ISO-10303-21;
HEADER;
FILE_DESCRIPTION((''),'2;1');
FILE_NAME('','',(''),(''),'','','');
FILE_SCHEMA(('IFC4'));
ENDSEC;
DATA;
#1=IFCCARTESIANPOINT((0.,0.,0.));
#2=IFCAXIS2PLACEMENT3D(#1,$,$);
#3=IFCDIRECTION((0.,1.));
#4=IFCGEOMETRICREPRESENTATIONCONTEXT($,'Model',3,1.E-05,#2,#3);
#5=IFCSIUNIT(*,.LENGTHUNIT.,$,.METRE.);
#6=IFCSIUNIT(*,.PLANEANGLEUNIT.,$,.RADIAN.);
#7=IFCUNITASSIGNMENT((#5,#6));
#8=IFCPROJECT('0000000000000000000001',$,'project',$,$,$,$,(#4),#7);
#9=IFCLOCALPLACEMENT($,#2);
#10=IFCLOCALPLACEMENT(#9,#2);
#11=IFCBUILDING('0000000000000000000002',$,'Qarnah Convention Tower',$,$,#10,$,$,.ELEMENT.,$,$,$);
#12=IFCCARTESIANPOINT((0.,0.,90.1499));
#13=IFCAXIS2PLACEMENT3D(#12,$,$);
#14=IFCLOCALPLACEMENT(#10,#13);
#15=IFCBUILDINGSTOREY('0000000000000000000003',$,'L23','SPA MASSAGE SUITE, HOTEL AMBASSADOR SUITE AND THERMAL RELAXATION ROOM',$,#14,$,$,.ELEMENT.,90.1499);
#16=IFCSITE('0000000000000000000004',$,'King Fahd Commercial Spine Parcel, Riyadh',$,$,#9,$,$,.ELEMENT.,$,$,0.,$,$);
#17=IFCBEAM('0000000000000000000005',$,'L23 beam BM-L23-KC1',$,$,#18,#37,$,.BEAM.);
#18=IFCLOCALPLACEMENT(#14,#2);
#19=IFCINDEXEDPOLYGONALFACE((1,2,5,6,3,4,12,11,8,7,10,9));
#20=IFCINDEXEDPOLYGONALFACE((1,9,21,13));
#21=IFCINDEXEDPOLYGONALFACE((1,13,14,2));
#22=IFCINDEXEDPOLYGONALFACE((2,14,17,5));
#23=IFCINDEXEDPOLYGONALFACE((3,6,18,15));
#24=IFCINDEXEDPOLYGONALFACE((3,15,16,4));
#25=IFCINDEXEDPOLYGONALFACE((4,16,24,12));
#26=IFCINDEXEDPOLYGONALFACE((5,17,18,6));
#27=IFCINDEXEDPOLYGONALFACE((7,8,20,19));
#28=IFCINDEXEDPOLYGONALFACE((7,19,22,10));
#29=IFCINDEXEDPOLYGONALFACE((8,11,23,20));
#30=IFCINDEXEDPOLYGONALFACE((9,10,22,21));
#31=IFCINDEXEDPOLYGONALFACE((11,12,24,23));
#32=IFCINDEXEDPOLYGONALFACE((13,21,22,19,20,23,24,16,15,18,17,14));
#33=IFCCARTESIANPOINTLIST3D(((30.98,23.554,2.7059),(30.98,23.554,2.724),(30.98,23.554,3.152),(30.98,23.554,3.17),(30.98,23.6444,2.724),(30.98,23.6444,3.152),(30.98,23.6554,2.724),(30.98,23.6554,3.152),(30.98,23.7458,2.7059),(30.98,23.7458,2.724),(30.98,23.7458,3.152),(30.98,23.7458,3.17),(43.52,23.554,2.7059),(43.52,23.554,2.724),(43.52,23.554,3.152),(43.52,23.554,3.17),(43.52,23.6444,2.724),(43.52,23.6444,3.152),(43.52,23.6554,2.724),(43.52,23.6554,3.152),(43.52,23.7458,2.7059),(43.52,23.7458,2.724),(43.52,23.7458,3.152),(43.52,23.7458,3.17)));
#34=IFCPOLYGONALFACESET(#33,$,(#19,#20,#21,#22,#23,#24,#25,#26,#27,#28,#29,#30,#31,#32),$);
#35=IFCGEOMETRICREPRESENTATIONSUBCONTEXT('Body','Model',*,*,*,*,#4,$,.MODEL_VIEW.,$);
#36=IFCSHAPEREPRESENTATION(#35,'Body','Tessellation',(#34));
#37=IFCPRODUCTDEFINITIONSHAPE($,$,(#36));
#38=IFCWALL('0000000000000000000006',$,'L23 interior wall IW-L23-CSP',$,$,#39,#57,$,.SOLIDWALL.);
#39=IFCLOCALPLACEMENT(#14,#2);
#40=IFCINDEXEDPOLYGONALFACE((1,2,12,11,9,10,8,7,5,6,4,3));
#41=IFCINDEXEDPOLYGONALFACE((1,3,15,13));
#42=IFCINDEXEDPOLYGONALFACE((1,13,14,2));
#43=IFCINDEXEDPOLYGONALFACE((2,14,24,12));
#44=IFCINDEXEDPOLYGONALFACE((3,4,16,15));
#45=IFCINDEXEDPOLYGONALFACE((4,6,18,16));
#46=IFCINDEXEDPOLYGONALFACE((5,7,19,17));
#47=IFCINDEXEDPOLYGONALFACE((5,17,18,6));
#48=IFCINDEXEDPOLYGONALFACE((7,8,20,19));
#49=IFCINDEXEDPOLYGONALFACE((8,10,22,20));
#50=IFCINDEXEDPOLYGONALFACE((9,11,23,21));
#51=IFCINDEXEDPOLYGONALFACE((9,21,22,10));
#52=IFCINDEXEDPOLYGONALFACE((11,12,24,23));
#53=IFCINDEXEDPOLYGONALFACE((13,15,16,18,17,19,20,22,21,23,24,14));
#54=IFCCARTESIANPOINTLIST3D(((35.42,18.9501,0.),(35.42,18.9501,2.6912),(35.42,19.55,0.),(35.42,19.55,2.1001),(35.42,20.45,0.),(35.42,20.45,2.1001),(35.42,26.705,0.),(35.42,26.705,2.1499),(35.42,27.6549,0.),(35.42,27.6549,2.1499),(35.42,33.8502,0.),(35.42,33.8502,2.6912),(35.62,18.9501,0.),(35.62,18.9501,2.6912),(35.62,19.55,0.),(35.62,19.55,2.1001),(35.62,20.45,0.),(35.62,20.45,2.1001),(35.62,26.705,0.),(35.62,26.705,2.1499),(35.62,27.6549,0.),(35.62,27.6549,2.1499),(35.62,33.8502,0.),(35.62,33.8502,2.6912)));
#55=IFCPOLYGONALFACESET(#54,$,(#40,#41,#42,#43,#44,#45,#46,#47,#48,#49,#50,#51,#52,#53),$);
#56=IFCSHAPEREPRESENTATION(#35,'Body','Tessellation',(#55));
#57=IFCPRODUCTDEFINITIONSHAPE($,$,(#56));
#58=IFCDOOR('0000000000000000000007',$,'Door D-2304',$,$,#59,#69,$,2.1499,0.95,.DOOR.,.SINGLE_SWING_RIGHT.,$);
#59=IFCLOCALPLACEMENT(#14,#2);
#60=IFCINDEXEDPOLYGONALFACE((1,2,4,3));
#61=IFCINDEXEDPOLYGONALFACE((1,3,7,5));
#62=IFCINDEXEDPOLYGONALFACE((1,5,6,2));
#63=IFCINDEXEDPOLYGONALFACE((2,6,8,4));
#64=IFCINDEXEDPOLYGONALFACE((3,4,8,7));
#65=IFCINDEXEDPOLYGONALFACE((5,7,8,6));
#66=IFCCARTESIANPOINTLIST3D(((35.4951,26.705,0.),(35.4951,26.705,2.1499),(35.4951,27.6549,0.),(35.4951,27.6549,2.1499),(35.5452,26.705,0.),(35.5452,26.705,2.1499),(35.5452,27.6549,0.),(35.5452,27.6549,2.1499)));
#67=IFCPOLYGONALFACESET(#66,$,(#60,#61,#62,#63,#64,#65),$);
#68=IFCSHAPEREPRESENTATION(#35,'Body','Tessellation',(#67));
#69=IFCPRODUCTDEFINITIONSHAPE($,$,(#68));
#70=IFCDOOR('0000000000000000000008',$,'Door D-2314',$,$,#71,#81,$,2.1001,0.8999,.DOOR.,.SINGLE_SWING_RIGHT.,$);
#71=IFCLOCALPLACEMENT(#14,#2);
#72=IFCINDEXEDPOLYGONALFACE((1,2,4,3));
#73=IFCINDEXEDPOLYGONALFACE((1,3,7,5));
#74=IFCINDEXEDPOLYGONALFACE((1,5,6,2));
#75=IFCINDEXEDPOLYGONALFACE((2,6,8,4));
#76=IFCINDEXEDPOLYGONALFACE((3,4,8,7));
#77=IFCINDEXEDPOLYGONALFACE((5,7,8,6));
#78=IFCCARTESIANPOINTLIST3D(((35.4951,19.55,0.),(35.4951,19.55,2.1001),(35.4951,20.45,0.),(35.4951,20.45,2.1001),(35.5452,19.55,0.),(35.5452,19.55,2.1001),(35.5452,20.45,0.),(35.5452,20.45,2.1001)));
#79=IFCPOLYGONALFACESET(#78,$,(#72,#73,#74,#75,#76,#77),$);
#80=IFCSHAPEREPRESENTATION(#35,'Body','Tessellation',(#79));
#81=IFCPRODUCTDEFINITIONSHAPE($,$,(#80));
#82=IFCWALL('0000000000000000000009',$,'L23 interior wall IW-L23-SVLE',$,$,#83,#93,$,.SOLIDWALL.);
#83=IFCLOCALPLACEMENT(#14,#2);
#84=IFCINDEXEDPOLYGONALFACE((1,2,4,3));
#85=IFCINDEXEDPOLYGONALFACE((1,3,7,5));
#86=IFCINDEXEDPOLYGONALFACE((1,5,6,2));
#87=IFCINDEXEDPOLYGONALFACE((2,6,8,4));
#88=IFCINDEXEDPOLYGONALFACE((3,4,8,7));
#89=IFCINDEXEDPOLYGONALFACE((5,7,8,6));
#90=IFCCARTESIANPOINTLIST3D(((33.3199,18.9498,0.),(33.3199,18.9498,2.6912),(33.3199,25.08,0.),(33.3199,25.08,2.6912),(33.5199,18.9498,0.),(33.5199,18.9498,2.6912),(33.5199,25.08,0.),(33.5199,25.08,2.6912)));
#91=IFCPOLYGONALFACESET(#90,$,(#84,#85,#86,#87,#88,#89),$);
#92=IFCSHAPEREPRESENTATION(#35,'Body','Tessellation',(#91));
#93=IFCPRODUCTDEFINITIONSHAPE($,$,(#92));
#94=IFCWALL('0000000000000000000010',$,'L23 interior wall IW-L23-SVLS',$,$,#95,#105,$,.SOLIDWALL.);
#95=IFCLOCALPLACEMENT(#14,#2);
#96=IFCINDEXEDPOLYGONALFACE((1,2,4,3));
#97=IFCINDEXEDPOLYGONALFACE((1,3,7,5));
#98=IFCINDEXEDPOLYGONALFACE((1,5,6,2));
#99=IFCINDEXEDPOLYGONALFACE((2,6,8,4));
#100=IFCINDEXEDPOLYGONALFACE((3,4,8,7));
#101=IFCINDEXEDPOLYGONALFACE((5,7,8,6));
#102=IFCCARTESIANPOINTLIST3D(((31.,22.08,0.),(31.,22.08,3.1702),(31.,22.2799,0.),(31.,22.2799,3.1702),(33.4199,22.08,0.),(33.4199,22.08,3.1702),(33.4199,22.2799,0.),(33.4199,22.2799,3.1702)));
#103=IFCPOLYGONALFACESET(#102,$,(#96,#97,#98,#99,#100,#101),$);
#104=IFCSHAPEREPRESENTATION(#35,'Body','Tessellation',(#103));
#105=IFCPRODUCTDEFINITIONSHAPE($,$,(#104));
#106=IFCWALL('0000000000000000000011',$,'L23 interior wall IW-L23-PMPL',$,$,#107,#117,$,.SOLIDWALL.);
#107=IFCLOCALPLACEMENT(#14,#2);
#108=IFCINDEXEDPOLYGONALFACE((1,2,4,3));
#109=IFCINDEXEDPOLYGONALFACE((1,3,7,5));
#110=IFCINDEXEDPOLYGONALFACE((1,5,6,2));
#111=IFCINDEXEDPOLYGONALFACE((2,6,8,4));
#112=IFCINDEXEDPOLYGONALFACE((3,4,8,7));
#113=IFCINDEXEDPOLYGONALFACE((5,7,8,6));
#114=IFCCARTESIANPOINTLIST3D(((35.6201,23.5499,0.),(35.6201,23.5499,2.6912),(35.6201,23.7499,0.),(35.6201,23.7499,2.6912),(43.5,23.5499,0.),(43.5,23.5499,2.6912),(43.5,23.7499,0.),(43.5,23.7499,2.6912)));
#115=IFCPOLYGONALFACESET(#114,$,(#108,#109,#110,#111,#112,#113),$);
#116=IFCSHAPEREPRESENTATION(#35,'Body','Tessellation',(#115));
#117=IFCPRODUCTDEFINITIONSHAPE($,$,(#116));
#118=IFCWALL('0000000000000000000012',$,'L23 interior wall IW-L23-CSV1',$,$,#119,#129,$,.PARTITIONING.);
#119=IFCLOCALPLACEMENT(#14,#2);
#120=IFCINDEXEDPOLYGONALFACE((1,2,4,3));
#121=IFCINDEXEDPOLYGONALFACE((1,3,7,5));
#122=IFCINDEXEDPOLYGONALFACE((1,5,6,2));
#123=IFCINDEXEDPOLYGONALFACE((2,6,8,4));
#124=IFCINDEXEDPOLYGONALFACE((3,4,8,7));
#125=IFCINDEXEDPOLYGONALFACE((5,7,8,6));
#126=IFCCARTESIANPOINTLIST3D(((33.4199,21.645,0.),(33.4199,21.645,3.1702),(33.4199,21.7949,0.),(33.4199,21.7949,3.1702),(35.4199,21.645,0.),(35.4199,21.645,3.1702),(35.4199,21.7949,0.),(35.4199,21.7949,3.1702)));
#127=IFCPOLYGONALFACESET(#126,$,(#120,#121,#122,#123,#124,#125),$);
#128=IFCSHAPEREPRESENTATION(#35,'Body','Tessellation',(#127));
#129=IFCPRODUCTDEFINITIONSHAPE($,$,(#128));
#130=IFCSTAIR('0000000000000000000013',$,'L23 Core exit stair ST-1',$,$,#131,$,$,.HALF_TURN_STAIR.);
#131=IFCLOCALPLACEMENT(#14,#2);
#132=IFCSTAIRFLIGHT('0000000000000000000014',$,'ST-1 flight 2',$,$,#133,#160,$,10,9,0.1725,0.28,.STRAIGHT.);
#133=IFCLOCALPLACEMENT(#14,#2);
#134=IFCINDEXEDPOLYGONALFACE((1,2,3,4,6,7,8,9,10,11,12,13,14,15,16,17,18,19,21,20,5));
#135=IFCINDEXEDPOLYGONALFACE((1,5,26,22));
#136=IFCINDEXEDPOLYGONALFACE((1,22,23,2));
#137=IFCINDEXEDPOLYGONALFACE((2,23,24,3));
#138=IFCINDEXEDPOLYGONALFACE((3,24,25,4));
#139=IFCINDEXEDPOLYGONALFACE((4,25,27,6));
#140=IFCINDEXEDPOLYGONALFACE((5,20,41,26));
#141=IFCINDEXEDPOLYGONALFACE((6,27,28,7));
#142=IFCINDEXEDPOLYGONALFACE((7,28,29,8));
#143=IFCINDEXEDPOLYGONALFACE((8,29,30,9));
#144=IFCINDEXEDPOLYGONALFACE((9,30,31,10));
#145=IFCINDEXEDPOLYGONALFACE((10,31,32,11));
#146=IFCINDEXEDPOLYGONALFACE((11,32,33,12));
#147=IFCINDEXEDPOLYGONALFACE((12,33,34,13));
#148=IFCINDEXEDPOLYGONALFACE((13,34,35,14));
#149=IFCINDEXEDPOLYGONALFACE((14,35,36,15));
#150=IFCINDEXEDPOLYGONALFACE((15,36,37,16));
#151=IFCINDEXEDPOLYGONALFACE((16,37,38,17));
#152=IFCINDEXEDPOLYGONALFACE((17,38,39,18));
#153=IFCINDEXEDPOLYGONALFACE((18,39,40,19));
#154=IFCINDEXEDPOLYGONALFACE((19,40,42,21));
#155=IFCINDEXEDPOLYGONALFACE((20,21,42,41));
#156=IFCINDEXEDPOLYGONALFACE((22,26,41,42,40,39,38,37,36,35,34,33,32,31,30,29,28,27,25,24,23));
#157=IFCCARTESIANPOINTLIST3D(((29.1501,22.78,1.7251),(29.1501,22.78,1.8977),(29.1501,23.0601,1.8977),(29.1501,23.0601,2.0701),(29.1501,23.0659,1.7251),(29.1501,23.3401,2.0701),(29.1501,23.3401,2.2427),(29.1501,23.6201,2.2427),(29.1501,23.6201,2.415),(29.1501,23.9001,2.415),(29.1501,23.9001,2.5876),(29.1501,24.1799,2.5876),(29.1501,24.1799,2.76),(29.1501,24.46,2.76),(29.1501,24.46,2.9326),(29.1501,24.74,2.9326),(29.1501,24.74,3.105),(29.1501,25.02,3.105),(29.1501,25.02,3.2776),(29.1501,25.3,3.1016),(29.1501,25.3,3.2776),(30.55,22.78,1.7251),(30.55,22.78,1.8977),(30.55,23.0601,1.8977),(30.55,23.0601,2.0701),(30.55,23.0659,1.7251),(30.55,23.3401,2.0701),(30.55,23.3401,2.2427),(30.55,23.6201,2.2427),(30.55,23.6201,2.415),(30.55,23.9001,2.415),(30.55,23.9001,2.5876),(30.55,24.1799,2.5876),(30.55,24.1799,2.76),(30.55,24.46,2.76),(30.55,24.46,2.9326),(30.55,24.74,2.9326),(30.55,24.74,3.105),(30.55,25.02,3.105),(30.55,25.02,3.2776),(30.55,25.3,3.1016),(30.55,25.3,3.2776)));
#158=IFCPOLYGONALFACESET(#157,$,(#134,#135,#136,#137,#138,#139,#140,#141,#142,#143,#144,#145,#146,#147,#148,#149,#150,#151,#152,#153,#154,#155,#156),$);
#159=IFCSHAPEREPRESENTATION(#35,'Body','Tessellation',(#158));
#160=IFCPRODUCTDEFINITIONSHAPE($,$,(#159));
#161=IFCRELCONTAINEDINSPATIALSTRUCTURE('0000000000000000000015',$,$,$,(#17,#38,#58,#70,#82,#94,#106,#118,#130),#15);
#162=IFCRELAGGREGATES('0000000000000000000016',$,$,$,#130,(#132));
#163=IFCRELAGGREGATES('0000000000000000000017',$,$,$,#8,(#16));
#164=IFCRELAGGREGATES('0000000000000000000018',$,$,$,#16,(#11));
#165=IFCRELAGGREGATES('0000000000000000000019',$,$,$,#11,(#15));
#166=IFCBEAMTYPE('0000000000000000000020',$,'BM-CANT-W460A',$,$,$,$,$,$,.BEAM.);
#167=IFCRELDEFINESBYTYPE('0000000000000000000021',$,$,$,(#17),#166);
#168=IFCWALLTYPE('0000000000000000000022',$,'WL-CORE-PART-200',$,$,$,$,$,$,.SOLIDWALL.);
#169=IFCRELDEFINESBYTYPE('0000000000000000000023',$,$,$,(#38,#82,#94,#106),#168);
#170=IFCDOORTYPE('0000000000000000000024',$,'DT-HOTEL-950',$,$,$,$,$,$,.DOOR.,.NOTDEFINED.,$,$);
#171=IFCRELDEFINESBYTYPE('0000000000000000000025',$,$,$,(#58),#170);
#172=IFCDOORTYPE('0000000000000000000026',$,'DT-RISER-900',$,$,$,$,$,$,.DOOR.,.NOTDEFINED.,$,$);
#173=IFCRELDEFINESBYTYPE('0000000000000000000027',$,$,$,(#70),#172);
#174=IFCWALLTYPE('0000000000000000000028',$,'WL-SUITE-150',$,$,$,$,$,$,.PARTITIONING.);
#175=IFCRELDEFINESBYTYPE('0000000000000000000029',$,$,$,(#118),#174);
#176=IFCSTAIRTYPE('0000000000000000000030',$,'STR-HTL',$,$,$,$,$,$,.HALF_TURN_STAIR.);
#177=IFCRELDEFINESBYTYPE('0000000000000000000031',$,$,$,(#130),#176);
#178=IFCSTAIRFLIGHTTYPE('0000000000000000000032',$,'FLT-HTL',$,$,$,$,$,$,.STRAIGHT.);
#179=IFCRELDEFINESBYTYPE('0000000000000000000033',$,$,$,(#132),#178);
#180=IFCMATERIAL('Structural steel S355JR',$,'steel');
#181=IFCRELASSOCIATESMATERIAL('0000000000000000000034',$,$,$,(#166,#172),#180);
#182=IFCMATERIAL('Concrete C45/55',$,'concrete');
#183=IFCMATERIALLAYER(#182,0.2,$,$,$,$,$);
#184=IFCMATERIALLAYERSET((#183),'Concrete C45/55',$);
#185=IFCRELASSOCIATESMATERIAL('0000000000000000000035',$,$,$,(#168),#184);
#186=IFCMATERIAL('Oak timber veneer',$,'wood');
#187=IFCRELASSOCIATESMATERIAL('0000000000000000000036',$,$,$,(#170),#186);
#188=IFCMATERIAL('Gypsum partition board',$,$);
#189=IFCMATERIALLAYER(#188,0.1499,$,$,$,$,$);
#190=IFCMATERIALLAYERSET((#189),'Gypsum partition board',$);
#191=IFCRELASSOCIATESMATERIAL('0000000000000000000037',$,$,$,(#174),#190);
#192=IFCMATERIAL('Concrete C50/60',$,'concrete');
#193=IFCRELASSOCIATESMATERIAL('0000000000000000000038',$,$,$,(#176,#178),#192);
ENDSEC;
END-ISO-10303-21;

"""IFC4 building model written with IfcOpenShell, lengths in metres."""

from ifc_helpers import new_model, si_unit, direction, frame, frame_2d, origin, origin_2d, place, context, subcontext, project, spatial, polyline, rectangle, i_section, outline, extrude, material, layer, layer_set, material_profile, profile_set, type_object, element, fill, aggregate, save


model = new_model("IFC4")

# Units and contexts
model_context = context("Model", 3, precision=1e-05, world=origin(), true_north=direction((0.0, 1.0)))
body_context = subcontext(model_context, "Body", "Model", "MODEL_VIEW")
ifc_project = project(units=[si_unit("LENGTHUNIT", "METRE"), si_unit("PLANEANGLEUNIT", "RADIAN")], contexts=[model_context])

# Site, building, storey
site_placement = place(None, origin())
site = spatial("IfcSite", under=ifc_project, at=site_placement, Name="King Fahd Commercial Spine Parcel, Riyadh", CompositionType="ELEMENT", RefElevation=0.0)
building_placement = place(site_placement, origin())
building = spatial("IfcBuilding", under=site, at=building_placement, Name="Qarnah Convention Tower", CompositionType="ELEMENT")
storey_placement = place(building_placement, frame((0.0, 0.0, 90.1499)))
storey = spatial("IfcBuildingStorey", under=building, at=storey_placement, Name="L23", Description="SPA MASSAGE SUITE, HOTEL AMBASSADOR SUITE AND THERMAL RELAXATION ROOM", CompositionType="ELEMENT", Elevation=90.1499)

# Beam
ifc_material_1 = material(Name="Structural steel S355JR", Category="steel")
ifc_material_profile = material_profile(ifc_material_1, i_section(OverallWidth=0.1919, OverallDepth=0.4641, WebThickness=0.011, FlangeThickness=0.0181, at=origin_2d()), Name="W460X89")
ifc_profile_set = profile_set([ifc_material_profile], Name="Structural steel S355JR")
beam_type = type_object("IfcBeamType", Name="BM-CANT-W460A", PredefinedType="BEAM", material=ifc_profile_set)
beam_placement = place(storey_placement, frame((30.98, 23.6499, 2.938), z_axis=(1.0, 0.0, 0.0), x_axis=(0.0, 1.0, 0.0)))
element("IfcBeam", 1, at=beam_placement, inside=storey, type_object=beam_type, Name="L23 beam BM-L23-KC1", PredefinedType="BEAM", context=body_context, shape_type="SweptSolid", body=[
    extrude(i_section(OverallWidth=0.1919, OverallDepth=0.4641, WebThickness=0.011, FlangeThickness=0.0181, at=origin_2d()), origin(), (0.0, 0.0, 1.0), 12.54),
])

# Wall, openings, doors
door_type_1 = type_object("IfcDoorType", Name="DT-RISER-900", OperationType="NOTDEFINED", PredefinedType="DOOR", material=ifc_material_1)
ifc_material_2 = material(Name="Concrete C45/55", Category="concrete")
ifc_layer_1 = layer(ifc_material_2, 0.2)
ifc_layer_set_1 = layer_set([ifc_layer_1], Name="Concrete C45/55")
wall_type_1 = type_object("IfcWallType", Name="WL-CORE-PART-200", PredefinedType="SOLIDWALL", material=ifc_layer_set_1)
wall_1_placement = place(storey_placement, frame((35.52, 18.95, 0.0), z_axis=(0.0, 0.0, 1.0), x_axis=(0.0, 1.0, 0.0)))
wall_1 = element("IfcWall", 2, at=wall_1_placement, inside=storey, type_object=wall_type_1, Name="L23 interior wall IW-L23-CSP", PredefinedType="SOLIDWALL", context=body_context, shape_type="SweptSolid", body=[
    extrude(rectangle(XDim=14.9001, YDim=0.2, at=frame_2d((7.4502, 0.0))), origin(), (0.0, 0.0, 1.0), 2.6912),
])
opening_1_placement = place(wall_1_placement, frame((7.7549, 0.0, 0.0)))
opening_1 = element("IfcOpeningElement", 3, at=opening_1_placement, cuts=wall_1, PredefinedType="OPENING", context=body_context, shape_type="SweptSolid", body=[
    extrude(rectangle(XDim=0.95, YDim=2.1499, at=frame_2d((0.4751, 1.075))), frame((0.0, 0.1099, 0.0), z_axis=(0.0, -1.0, 0.0), x_axis=(1.0, 0.0, 0.0)), (0.0, 0.0, 1.0), 0.22),
])
opening_2_placement = place(wall_1_placement, frame((0.6001, 0.0, 0.0)))
opening_2 = element("IfcOpeningElement", 4, at=opening_2_placement, cuts=wall_1, PredefinedType="OPENING", context=body_context, shape_type="SweptSolid", body=[
    extrude(rectangle(XDim=0.8999, YDim=2.1001, at=frame_2d((0.45, 1.05))), frame((0.0, 0.1099, 0.0), z_axis=(0.0, -1.0, 0.0), x_axis=(1.0, 0.0, 0.0)), (0.0, 0.0, 1.0), 0.22),
])
ifc_material_3 = material(Name="Oak timber veneer", Category="wood")
door_type_2 = type_object("IfcDoorType", Name="DT-HOTEL-950", OperationType="NOTDEFINED", PredefinedType="DOOR", material=ifc_material_3)
door_1_placement = place(opening_1_placement, origin())
door_1 = element("IfcDoor", 5, at=door_1_placement, inside=storey, type_object=door_type_2, Name="Door D-2304", OperationType="SINGLE_SWING_RIGHT", OverallHeight=2.1499, OverallWidth=0.95, PredefinedType="DOOR", context=body_context, shape_type="SweptSolid", body=[
    extrude(rectangle(XDim=0.95, YDim=2.1499, at=frame_2d((0.4751, 1.075))), frame((0.0, 0.0249, 0.0), z_axis=(0.0, -1.0, 0.0), x_axis=(1.0, 0.0, 0.0)), (0.0, 0.0, 1.0), 0.05),
])
fill(opening_1, door_1)
door_2_placement = place(opening_2_placement, origin())
door_2 = element("IfcDoor", 6, at=door_2_placement, inside=storey, type_object=door_type_1, Name="Door D-2314", OperationType="SINGLE_SWING_RIGHT", OverallHeight=2.1001, OverallWidth=0.8999, PredefinedType="DOOR", context=body_context, shape_type="SweptSolid", body=[
    extrude(rectangle(XDim=0.8999, YDim=2.1001, at=frame_2d((0.45, 1.05))), frame((0.0, 0.0249, 0.0), z_axis=(0.0, -1.0, 0.0), x_axis=(1.0, 0.0, 0.0)), (0.0, 0.0, 1.0), 0.05),
])
fill(opening_2, door_2)

# Walls
wall_2_placement = place(storey_placement, frame((33.4199, 18.95, 0.0), z_axis=(0.0, 0.0, 1.0), x_axis=(0.0, 1.0, 0.0)))
element("IfcWall", 7, at=wall_2_placement, inside=storey, type_object=wall_type_1, Name="L23 interior wall IW-L23-SVLE", PredefinedType="SOLIDWALL", context=body_context, shape_type="SweptSolid", body=[
    extrude(rectangle(XDim=6.1301, YDim=0.2, at=frame_2d((3.0649, 0.0))), origin(), (0.0, 0.0, 1.0), 2.6912),
])
wall_3_placement = place(storey_placement, frame((31.0, 22.1799, 0.0), z_axis=(0.0, 0.0, 1.0), x_axis=(1.0, 0.0, 0.0)))
element("IfcWall", 8, at=wall_3_placement, inside=storey, type_object=wall_type_1, Name="L23 interior wall IW-L23-SVLS", PredefinedType="SOLIDWALL", context=body_context, shape_type="SweptSolid", body=[
    extrude(rectangle(XDim=2.4199, YDim=0.2, at=frame_2d((1.21, 0.0))), origin(), (0.0, 0.0, 1.0), 3.1702),
])
wall_4_placement = place(storey_placement, frame((35.6201, 23.6499, 0.0), z_axis=(0.0, 0.0, 1.0), x_axis=(1.0, 0.0, 0.0)))
element("IfcWall", 9, at=wall_4_placement, inside=storey, type_object=wall_type_1, Name="L23 interior wall IW-L23-PMPL", PredefinedType="SOLIDWALL", context=body_context, shape_type="SweptSolid", body=[
    extrude(rectangle(XDim=7.8799, YDim=0.2, at=frame_2d((3.9399, 0.0))), origin(), (0.0, 0.0, 1.0), 2.6912),
])

# Wall
ifc_material_4 = material(Name="Gypsum partition board")
ifc_layer_2 = layer(ifc_material_4, 0.1499)
ifc_layer_set_2 = layer_set([ifc_layer_2], Name="Gypsum partition board")
wall_type_2 = type_object("IfcWallType", Name="WL-SUITE-150", PredefinedType="PARTITIONING", material=ifc_layer_set_2)
wall_5_placement = place(storey_placement, frame((33.4199, 21.72, 0.0), z_axis=(0.0, 0.0, 1.0), x_axis=(1.0, 0.0, 0.0)))
element("IfcWall", 10, at=wall_5_placement, inside=storey, type_object=wall_type_2, Name="L23 interior wall IW-L23-CSV1", PredefinedType="PARTITIONING", context=body_context, shape_type="SweptSolid", body=[
    extrude(rectangle(XDim=2.0, YDim=0.1499, at=frame_2d((1.0, 0.0))), origin(), (0.0, 0.0, 1.0), 3.1702),
])

# Stair, stair flight
ifc_material_5 = material(Name="Concrete C50/60", Category="concrete")
stair_type = type_object("IfcStairType", Name="STR-HTL", PredefinedType="HALF_TURN_STAIR", material=ifc_material_5)
stair_placement = place(storey_placement, origin())
stair = element("IfcStair", 11, at=stair_placement, inside=storey, type_object=stair_type, Name="L23 Core exit stair ST-1", PredefinedType="HALF_TURN_STAIR")
stair_flight_type = type_object("IfcStairFlightType", Name="FLT-HTL", PredefinedType="STRAIGHT", material=ifc_material_5)
stair_flight_placement = place(storey_placement, frame((29.8501, 22.78, 1.7251), z_axis=(0.0, 0.0, 1.0), x_axis=(0.0, 1.0, 0.0)))
stair_flight = element("IfcStairFlight", 12, at=stair_flight_placement, type_object=stair_flight_type, Name="ST-1 flight 2", NumberOfRisers=10, NumberOfTreads=9, PredefinedType="STRAIGHT", RiserHeight=0.1725, TreadLength=0.28, context=body_context, shape_type="SweptSolid", body=[
    extrude(outline(polyline([(0.0, 0.0), (0.0, 0.1726), (0.28, 0.1726), (0.28, 0.345), (0.5601, 0.345), (0.5601, 0.5176), (0.8401, 0.5176), (0.8401, 0.6899), (1.1201, 0.6899), (1.1201, 0.8625), (1.3999, 0.8625), (1.3999, 1.0349), (1.6799, 1.0349), (1.6799, 1.2075), (1.96, 1.2075), (1.96, 1.3799), (2.24, 1.3799), (2.24, 1.5525), (2.52, 1.5525), (2.52, 1.7251), (2.52, 1.3765), (0.2859, 0.0), (0.0, 0.0)])), frame((0.0, 0.7, 0.0), z_axis=(0.0, -1.0, 0.0), x_axis=(1.0, 0.0, 0.0)), (0.0, 0.0, 1.0), 1.3999),
])
aggregate(stair, [stair_flight])

save(model, "model.ifc")
